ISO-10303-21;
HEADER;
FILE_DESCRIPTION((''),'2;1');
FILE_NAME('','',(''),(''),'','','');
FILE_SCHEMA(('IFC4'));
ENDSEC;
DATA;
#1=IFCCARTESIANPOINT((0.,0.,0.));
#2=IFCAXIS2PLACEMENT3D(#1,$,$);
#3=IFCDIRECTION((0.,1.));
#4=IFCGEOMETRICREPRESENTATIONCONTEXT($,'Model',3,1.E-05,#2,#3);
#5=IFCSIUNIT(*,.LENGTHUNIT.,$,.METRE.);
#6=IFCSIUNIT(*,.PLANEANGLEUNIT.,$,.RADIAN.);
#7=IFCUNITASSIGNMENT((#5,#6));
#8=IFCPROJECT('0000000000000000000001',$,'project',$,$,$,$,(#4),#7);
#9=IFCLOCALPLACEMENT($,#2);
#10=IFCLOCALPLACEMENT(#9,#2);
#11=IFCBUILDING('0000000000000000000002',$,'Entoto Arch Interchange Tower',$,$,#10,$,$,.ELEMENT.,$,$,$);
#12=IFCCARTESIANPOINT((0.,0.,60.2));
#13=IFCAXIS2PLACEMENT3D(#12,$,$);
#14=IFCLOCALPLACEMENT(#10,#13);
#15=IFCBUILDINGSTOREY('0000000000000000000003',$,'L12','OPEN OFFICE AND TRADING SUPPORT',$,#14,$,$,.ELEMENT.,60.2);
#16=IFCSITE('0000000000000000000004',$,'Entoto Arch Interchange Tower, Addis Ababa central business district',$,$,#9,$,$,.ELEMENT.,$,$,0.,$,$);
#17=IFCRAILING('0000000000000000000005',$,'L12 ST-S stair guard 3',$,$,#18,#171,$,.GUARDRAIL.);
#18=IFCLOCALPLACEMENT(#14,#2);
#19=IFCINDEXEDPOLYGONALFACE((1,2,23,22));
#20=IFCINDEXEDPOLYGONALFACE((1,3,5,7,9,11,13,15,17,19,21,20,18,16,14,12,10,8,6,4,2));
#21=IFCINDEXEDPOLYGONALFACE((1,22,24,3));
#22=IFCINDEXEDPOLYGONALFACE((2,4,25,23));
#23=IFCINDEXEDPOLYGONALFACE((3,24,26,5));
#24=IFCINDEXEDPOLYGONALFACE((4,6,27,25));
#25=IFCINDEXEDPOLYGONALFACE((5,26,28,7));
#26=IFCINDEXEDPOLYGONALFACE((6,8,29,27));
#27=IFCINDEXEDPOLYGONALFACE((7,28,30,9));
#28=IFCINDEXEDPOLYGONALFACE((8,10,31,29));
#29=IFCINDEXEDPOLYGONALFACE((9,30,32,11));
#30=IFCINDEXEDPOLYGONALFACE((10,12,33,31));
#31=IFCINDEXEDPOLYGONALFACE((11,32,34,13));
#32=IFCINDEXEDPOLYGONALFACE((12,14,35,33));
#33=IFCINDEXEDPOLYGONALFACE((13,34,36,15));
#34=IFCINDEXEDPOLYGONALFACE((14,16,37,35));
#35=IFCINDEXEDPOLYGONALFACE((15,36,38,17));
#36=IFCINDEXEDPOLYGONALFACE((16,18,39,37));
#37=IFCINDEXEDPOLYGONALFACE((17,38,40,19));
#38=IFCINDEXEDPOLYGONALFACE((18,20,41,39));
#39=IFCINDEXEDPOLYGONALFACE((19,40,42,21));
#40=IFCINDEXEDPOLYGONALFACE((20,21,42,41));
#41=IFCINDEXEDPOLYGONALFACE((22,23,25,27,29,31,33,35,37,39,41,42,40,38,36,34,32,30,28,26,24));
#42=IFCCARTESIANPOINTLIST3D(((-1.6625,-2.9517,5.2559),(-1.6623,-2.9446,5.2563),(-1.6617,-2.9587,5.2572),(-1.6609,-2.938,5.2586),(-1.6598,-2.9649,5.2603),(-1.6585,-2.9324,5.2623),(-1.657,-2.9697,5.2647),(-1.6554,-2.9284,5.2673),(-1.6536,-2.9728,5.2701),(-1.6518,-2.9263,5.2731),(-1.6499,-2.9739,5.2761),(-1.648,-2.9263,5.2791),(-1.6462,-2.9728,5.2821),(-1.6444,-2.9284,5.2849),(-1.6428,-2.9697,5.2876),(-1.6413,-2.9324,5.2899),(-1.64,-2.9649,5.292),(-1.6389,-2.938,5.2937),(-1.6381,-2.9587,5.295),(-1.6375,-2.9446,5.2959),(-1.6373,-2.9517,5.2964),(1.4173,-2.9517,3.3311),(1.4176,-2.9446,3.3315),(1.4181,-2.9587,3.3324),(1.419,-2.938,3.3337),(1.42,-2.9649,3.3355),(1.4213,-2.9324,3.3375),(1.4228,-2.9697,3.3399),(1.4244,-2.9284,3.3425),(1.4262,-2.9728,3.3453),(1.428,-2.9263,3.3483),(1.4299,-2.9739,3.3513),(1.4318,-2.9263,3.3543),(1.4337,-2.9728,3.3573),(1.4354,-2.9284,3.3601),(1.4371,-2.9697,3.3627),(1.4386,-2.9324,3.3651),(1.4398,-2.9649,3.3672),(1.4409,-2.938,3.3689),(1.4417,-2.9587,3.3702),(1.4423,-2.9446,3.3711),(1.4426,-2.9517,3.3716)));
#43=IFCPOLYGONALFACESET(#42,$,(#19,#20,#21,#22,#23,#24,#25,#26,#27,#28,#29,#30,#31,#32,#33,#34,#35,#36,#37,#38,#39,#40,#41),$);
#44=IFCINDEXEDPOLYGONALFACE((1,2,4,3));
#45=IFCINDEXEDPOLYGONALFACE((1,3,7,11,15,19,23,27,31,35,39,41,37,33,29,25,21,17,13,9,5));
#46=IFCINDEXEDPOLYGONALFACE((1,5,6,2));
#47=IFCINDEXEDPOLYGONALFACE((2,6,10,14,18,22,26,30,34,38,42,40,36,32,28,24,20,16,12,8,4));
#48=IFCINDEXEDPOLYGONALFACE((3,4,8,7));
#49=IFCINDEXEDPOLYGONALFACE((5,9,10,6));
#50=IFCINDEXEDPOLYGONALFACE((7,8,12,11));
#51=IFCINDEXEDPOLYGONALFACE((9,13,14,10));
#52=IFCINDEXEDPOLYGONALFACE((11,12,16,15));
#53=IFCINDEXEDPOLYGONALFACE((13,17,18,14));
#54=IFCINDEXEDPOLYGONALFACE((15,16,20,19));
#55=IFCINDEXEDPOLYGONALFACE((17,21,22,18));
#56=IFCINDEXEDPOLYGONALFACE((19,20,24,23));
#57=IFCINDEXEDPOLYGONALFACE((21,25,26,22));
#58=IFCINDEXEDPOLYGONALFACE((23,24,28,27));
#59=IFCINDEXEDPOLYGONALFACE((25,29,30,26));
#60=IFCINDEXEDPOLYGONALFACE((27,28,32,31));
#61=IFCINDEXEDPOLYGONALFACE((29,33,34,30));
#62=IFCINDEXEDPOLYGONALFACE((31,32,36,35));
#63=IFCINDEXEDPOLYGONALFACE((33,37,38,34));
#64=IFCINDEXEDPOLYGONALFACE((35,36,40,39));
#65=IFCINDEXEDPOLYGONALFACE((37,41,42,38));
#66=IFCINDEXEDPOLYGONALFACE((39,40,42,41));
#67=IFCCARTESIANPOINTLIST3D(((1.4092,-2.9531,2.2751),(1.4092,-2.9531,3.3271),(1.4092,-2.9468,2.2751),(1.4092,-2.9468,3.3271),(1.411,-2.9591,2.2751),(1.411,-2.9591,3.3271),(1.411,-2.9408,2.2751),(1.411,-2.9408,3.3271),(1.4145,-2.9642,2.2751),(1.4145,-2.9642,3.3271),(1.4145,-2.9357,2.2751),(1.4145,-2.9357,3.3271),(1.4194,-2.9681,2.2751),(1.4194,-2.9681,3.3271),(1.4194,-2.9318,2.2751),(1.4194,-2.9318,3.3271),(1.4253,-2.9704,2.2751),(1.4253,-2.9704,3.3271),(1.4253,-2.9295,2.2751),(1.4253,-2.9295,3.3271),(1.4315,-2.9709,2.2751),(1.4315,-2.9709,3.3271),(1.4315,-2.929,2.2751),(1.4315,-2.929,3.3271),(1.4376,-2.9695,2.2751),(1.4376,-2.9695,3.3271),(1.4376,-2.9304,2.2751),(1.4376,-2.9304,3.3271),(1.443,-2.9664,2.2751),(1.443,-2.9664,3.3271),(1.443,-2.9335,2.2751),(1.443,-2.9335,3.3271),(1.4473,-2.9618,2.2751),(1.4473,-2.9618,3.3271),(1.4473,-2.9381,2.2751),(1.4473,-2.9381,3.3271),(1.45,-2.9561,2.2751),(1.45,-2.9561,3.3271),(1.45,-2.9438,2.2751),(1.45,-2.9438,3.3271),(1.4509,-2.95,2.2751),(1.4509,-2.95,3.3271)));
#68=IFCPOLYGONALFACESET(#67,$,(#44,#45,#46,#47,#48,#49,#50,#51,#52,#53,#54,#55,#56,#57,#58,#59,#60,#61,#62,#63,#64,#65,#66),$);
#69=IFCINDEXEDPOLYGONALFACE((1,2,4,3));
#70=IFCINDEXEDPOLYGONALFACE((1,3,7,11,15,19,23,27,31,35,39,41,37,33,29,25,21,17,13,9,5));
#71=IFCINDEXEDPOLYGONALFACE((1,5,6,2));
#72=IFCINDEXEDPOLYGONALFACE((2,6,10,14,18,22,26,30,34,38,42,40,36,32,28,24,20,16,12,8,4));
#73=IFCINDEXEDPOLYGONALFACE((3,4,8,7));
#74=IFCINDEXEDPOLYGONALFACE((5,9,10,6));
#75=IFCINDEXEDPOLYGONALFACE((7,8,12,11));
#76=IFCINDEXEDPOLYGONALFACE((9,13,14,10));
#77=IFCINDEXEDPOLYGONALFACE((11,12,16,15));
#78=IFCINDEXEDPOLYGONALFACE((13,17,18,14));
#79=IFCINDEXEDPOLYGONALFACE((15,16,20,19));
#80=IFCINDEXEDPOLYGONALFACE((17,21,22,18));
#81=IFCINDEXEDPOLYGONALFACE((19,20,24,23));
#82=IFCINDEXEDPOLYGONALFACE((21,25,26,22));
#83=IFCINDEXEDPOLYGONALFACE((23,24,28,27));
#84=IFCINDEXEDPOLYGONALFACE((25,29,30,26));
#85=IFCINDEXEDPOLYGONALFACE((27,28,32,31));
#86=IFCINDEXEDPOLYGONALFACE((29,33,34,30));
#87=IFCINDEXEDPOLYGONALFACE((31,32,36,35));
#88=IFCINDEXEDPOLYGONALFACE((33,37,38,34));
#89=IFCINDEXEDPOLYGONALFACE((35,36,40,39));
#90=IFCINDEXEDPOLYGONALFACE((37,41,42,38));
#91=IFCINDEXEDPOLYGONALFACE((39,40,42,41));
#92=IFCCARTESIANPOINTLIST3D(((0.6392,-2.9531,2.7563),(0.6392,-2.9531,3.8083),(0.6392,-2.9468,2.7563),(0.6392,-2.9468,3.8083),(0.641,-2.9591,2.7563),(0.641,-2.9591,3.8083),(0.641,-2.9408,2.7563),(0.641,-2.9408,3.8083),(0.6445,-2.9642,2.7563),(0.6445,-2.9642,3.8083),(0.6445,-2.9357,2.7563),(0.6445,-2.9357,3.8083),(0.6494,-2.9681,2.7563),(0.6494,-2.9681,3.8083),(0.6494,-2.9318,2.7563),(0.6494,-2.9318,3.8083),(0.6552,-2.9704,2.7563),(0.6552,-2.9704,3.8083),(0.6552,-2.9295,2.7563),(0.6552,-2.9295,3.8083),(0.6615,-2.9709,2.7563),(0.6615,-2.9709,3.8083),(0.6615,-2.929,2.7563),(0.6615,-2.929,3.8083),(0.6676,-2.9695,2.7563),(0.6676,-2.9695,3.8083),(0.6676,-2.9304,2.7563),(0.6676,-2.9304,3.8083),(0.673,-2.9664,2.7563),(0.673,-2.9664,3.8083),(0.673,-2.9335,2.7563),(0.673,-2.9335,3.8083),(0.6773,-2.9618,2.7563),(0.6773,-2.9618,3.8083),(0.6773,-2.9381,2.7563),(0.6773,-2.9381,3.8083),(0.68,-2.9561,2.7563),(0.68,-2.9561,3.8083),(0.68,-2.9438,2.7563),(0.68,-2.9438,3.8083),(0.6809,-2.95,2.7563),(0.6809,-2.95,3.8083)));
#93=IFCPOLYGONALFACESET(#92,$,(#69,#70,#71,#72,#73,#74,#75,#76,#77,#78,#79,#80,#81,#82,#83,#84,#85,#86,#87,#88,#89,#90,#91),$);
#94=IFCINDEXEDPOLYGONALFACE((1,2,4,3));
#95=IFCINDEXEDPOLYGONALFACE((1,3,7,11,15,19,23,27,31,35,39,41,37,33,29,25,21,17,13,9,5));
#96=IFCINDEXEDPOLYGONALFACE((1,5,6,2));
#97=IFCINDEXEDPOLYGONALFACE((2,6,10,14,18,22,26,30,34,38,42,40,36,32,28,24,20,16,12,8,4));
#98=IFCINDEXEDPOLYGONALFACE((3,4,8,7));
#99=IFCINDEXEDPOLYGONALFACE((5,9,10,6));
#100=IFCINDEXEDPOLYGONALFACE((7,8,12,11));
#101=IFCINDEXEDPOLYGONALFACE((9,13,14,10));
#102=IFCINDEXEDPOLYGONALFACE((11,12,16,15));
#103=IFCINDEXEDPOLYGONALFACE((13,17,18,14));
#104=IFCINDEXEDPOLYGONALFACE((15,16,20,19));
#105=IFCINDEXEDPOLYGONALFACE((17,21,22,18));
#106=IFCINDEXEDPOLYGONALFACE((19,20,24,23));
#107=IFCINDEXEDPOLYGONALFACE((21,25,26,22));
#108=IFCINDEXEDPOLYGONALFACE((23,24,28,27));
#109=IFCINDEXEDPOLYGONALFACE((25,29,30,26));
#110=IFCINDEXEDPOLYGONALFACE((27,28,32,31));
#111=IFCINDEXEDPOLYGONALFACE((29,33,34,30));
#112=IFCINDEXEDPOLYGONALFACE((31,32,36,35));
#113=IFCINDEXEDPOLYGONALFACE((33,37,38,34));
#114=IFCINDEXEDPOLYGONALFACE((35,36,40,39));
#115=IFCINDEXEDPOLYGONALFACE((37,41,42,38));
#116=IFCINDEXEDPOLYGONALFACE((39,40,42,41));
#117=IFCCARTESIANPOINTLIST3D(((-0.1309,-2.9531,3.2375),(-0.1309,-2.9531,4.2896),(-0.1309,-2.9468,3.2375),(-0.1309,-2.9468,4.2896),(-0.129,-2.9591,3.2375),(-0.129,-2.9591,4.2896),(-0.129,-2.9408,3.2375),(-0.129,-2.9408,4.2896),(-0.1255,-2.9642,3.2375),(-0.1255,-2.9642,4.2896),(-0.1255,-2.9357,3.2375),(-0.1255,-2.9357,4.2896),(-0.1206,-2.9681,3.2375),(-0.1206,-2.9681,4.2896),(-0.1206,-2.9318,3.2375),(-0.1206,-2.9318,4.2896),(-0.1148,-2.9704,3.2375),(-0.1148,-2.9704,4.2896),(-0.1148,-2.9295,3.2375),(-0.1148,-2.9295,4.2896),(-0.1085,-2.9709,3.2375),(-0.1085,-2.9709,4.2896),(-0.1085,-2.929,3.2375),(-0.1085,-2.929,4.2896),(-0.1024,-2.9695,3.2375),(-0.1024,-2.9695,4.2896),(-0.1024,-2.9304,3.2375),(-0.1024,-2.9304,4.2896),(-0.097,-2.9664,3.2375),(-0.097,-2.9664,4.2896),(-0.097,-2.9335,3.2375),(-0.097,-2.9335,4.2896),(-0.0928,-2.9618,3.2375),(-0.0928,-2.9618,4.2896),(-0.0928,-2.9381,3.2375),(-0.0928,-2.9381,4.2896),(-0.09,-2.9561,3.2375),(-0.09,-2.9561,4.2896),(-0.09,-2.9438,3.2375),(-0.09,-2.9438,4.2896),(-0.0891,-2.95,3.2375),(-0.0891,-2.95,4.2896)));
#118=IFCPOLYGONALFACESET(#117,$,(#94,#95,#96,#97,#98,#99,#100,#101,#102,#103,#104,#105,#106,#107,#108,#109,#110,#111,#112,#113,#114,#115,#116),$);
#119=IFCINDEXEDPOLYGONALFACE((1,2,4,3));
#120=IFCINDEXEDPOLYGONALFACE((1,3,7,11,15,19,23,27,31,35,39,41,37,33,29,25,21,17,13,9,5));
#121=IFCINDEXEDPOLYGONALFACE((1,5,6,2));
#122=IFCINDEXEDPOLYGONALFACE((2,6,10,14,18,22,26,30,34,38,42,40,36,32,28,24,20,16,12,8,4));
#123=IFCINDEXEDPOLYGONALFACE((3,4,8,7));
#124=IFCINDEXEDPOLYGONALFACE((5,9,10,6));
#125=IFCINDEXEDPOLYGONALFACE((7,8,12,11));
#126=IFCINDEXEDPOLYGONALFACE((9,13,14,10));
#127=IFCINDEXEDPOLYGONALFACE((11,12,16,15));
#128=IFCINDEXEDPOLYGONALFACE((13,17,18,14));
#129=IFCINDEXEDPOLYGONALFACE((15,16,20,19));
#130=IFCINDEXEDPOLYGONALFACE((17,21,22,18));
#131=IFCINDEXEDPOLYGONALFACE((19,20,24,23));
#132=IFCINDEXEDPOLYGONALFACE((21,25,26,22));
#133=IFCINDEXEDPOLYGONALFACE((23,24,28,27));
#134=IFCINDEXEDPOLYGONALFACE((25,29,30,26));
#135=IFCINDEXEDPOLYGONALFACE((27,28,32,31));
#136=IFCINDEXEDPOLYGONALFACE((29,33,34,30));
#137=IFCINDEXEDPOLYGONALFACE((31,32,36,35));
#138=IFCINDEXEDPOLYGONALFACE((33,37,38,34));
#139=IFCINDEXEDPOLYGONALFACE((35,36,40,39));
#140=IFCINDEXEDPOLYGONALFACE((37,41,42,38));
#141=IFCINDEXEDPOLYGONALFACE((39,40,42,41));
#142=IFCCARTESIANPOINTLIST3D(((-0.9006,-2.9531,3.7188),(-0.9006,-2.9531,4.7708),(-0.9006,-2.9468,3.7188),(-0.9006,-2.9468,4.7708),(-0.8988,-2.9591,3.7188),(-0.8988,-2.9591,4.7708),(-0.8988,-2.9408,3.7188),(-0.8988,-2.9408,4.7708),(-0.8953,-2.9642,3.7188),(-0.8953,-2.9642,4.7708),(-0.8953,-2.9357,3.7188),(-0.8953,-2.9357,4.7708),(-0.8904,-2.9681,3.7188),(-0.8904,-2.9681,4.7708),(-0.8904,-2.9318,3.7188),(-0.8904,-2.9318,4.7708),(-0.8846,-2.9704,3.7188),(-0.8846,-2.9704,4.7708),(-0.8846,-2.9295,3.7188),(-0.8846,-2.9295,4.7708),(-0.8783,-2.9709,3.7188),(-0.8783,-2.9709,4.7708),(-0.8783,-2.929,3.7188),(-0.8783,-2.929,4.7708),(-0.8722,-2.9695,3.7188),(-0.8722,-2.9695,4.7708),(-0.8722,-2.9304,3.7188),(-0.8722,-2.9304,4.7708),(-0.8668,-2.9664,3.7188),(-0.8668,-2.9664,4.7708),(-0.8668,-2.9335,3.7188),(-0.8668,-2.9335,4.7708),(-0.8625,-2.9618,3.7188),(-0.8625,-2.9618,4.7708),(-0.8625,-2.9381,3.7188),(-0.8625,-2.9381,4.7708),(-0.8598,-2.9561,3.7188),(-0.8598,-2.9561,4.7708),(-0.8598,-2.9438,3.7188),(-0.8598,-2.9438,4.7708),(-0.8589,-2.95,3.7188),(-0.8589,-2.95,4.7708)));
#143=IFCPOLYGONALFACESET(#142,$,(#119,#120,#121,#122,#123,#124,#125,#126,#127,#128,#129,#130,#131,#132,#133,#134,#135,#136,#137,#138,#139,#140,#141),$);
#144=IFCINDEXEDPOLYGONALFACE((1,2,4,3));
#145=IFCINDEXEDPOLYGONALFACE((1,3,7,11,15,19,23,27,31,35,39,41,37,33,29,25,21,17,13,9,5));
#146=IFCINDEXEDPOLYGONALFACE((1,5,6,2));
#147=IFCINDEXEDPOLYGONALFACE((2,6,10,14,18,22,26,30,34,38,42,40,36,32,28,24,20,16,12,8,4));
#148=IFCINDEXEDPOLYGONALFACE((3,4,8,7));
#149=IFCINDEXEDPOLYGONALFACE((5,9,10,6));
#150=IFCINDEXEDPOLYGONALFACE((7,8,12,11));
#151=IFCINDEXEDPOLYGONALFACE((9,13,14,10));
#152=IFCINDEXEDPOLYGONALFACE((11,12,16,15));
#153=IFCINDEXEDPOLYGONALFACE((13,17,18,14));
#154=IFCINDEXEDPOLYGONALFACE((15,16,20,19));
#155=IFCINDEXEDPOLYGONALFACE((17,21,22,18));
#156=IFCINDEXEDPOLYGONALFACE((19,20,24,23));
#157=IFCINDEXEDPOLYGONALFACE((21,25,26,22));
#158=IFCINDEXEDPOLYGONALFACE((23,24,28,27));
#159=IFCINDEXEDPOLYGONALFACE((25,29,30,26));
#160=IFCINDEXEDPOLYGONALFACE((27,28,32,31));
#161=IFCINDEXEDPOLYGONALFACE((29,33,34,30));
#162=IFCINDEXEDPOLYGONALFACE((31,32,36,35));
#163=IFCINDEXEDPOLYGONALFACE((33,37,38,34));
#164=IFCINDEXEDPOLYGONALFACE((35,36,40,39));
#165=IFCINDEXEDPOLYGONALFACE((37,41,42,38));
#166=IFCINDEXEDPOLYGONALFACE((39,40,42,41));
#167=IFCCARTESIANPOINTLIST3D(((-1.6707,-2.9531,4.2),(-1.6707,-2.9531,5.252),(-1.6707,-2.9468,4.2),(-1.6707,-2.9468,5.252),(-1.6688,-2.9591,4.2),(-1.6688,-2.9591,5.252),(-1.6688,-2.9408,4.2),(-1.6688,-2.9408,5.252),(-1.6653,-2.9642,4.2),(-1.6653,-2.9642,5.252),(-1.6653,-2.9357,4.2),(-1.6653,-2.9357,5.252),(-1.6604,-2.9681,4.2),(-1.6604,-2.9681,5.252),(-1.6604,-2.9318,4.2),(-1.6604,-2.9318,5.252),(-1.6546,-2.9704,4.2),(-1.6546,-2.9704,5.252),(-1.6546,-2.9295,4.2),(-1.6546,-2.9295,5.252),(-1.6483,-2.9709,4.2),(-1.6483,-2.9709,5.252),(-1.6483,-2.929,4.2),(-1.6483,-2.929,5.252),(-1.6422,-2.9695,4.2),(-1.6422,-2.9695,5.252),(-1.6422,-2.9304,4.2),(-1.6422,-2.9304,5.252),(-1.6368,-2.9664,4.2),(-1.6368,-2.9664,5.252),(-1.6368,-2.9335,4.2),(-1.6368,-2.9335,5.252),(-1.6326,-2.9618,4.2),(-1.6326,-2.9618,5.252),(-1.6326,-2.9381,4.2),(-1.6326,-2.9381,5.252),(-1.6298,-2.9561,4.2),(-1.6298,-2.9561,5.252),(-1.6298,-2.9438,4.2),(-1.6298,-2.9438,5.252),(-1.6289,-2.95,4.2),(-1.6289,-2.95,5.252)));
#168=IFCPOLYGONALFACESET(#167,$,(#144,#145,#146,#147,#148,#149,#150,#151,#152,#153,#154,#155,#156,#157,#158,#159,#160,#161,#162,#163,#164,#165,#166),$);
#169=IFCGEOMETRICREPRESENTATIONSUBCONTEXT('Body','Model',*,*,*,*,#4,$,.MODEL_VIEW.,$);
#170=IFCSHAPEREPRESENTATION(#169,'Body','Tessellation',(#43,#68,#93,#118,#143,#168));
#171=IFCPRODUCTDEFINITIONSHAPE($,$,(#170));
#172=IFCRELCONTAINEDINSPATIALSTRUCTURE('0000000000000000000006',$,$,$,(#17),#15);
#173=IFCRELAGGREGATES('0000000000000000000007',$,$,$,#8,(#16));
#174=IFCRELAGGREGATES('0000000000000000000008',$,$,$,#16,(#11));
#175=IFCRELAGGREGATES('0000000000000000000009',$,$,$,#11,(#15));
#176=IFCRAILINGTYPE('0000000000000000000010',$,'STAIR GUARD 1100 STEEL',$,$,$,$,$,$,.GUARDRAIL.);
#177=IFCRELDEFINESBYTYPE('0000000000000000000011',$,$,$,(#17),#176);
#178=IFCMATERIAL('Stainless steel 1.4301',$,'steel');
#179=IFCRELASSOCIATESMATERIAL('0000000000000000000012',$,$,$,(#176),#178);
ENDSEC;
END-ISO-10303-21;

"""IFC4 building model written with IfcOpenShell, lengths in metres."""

from ifc_helpers import new_model, si_unit, direction, frame, origin, origin_2d, place, context, subcontext, project, spatial, circle, extrude, material, type_object, element, save


model = new_model("IFC4")

# Units and contexts
model_context = context("Model", 3, precision=1e-05, world=origin(), true_north=direction((0.0, 1.0)))
body_context = subcontext(model_context, "Body", "Model", "MODEL_VIEW")
ifc_project = project(units=[si_unit("LENGTHUNIT", "METRE"), si_unit("PLANEANGLEUNIT", "RADIAN")], contexts=[model_context])

# Site, building, storey
site_placement = place(None, origin())
site = spatial("IfcSite", under=ifc_project, at=site_placement, Name="Entoto Arch Interchange Tower, Addis Ababa central business district", CompositionType="ELEMENT", RefElevation=0.0)
building_placement = place(site_placement, origin())
building = spatial("IfcBuilding", under=site, at=building_placement, Name="Entoto Arch Interchange Tower", CompositionType="ELEMENT")
storey_placement = place(building_placement, frame((0.0, 0.0, 60.2)))
storey = spatial("IfcBuildingStorey", under=building, at=storey_placement, Name="L12", Description="OPEN OFFICE AND TRADING SUPPORT", CompositionType="ELEMENT", Elevation=60.2)

# Railing
ifc_material_1 = material(Name="Stainless steel 1.4301", Category="steel")
railing_type_1 = type_object("IfcRailingType", Name="STAIR GUARD 1100 STEEL", PredefinedType="GUARDRAIL", material=ifc_material_1)
railing_1_placement = place(storey_placement, frame((1.4299, -2.95, 2.2751)))
element("IfcRailing", 1, at=railing_1_placement, inside=storey, type_object=railing_type_1, Name="L12 ST-S stair guard 3", PredefinedType="GUARDRAIL", context=body_context, shape_type="SweptSolid", body=[
    extrude(circle(Radius=0.0239, at=origin_2d()), frame((0.0, 0.0, 1.0762), z_axis=(-0.84801, 0.0, 0.529981), x_axis=(0.0, -1.0, 0.0)), (0.0, 0.0, 1.0), 3.6318),
    extrude(circle(Radius=0.021, at=origin_2d()), origin(), (0.0, 0.0, 1.0), 1.052),
    extrude(circle(Radius=0.021, at=origin_2d()), frame((-0.77, 0.0, 0.4812)), (0.0, 0.0, 1.0), 1.052),
    extrude(circle(Radius=0.021, at=origin_2d()), frame((-1.54, 0.0, 0.9624)), (0.0, 0.0, 1.0), 1.052),
    extrude(circle(Radius=0.021, at=origin_2d()), frame((-2.3098, 0.0, 1.4436)), (0.0, 0.0, 1.0), 1.052),
    extrude(circle(Radius=0.021, at=origin_2d()), frame((-3.0798, 0.0, 1.9248)), (0.0, 0.0, 1.0), 1.052),
])

save(model, "model.ifc")
